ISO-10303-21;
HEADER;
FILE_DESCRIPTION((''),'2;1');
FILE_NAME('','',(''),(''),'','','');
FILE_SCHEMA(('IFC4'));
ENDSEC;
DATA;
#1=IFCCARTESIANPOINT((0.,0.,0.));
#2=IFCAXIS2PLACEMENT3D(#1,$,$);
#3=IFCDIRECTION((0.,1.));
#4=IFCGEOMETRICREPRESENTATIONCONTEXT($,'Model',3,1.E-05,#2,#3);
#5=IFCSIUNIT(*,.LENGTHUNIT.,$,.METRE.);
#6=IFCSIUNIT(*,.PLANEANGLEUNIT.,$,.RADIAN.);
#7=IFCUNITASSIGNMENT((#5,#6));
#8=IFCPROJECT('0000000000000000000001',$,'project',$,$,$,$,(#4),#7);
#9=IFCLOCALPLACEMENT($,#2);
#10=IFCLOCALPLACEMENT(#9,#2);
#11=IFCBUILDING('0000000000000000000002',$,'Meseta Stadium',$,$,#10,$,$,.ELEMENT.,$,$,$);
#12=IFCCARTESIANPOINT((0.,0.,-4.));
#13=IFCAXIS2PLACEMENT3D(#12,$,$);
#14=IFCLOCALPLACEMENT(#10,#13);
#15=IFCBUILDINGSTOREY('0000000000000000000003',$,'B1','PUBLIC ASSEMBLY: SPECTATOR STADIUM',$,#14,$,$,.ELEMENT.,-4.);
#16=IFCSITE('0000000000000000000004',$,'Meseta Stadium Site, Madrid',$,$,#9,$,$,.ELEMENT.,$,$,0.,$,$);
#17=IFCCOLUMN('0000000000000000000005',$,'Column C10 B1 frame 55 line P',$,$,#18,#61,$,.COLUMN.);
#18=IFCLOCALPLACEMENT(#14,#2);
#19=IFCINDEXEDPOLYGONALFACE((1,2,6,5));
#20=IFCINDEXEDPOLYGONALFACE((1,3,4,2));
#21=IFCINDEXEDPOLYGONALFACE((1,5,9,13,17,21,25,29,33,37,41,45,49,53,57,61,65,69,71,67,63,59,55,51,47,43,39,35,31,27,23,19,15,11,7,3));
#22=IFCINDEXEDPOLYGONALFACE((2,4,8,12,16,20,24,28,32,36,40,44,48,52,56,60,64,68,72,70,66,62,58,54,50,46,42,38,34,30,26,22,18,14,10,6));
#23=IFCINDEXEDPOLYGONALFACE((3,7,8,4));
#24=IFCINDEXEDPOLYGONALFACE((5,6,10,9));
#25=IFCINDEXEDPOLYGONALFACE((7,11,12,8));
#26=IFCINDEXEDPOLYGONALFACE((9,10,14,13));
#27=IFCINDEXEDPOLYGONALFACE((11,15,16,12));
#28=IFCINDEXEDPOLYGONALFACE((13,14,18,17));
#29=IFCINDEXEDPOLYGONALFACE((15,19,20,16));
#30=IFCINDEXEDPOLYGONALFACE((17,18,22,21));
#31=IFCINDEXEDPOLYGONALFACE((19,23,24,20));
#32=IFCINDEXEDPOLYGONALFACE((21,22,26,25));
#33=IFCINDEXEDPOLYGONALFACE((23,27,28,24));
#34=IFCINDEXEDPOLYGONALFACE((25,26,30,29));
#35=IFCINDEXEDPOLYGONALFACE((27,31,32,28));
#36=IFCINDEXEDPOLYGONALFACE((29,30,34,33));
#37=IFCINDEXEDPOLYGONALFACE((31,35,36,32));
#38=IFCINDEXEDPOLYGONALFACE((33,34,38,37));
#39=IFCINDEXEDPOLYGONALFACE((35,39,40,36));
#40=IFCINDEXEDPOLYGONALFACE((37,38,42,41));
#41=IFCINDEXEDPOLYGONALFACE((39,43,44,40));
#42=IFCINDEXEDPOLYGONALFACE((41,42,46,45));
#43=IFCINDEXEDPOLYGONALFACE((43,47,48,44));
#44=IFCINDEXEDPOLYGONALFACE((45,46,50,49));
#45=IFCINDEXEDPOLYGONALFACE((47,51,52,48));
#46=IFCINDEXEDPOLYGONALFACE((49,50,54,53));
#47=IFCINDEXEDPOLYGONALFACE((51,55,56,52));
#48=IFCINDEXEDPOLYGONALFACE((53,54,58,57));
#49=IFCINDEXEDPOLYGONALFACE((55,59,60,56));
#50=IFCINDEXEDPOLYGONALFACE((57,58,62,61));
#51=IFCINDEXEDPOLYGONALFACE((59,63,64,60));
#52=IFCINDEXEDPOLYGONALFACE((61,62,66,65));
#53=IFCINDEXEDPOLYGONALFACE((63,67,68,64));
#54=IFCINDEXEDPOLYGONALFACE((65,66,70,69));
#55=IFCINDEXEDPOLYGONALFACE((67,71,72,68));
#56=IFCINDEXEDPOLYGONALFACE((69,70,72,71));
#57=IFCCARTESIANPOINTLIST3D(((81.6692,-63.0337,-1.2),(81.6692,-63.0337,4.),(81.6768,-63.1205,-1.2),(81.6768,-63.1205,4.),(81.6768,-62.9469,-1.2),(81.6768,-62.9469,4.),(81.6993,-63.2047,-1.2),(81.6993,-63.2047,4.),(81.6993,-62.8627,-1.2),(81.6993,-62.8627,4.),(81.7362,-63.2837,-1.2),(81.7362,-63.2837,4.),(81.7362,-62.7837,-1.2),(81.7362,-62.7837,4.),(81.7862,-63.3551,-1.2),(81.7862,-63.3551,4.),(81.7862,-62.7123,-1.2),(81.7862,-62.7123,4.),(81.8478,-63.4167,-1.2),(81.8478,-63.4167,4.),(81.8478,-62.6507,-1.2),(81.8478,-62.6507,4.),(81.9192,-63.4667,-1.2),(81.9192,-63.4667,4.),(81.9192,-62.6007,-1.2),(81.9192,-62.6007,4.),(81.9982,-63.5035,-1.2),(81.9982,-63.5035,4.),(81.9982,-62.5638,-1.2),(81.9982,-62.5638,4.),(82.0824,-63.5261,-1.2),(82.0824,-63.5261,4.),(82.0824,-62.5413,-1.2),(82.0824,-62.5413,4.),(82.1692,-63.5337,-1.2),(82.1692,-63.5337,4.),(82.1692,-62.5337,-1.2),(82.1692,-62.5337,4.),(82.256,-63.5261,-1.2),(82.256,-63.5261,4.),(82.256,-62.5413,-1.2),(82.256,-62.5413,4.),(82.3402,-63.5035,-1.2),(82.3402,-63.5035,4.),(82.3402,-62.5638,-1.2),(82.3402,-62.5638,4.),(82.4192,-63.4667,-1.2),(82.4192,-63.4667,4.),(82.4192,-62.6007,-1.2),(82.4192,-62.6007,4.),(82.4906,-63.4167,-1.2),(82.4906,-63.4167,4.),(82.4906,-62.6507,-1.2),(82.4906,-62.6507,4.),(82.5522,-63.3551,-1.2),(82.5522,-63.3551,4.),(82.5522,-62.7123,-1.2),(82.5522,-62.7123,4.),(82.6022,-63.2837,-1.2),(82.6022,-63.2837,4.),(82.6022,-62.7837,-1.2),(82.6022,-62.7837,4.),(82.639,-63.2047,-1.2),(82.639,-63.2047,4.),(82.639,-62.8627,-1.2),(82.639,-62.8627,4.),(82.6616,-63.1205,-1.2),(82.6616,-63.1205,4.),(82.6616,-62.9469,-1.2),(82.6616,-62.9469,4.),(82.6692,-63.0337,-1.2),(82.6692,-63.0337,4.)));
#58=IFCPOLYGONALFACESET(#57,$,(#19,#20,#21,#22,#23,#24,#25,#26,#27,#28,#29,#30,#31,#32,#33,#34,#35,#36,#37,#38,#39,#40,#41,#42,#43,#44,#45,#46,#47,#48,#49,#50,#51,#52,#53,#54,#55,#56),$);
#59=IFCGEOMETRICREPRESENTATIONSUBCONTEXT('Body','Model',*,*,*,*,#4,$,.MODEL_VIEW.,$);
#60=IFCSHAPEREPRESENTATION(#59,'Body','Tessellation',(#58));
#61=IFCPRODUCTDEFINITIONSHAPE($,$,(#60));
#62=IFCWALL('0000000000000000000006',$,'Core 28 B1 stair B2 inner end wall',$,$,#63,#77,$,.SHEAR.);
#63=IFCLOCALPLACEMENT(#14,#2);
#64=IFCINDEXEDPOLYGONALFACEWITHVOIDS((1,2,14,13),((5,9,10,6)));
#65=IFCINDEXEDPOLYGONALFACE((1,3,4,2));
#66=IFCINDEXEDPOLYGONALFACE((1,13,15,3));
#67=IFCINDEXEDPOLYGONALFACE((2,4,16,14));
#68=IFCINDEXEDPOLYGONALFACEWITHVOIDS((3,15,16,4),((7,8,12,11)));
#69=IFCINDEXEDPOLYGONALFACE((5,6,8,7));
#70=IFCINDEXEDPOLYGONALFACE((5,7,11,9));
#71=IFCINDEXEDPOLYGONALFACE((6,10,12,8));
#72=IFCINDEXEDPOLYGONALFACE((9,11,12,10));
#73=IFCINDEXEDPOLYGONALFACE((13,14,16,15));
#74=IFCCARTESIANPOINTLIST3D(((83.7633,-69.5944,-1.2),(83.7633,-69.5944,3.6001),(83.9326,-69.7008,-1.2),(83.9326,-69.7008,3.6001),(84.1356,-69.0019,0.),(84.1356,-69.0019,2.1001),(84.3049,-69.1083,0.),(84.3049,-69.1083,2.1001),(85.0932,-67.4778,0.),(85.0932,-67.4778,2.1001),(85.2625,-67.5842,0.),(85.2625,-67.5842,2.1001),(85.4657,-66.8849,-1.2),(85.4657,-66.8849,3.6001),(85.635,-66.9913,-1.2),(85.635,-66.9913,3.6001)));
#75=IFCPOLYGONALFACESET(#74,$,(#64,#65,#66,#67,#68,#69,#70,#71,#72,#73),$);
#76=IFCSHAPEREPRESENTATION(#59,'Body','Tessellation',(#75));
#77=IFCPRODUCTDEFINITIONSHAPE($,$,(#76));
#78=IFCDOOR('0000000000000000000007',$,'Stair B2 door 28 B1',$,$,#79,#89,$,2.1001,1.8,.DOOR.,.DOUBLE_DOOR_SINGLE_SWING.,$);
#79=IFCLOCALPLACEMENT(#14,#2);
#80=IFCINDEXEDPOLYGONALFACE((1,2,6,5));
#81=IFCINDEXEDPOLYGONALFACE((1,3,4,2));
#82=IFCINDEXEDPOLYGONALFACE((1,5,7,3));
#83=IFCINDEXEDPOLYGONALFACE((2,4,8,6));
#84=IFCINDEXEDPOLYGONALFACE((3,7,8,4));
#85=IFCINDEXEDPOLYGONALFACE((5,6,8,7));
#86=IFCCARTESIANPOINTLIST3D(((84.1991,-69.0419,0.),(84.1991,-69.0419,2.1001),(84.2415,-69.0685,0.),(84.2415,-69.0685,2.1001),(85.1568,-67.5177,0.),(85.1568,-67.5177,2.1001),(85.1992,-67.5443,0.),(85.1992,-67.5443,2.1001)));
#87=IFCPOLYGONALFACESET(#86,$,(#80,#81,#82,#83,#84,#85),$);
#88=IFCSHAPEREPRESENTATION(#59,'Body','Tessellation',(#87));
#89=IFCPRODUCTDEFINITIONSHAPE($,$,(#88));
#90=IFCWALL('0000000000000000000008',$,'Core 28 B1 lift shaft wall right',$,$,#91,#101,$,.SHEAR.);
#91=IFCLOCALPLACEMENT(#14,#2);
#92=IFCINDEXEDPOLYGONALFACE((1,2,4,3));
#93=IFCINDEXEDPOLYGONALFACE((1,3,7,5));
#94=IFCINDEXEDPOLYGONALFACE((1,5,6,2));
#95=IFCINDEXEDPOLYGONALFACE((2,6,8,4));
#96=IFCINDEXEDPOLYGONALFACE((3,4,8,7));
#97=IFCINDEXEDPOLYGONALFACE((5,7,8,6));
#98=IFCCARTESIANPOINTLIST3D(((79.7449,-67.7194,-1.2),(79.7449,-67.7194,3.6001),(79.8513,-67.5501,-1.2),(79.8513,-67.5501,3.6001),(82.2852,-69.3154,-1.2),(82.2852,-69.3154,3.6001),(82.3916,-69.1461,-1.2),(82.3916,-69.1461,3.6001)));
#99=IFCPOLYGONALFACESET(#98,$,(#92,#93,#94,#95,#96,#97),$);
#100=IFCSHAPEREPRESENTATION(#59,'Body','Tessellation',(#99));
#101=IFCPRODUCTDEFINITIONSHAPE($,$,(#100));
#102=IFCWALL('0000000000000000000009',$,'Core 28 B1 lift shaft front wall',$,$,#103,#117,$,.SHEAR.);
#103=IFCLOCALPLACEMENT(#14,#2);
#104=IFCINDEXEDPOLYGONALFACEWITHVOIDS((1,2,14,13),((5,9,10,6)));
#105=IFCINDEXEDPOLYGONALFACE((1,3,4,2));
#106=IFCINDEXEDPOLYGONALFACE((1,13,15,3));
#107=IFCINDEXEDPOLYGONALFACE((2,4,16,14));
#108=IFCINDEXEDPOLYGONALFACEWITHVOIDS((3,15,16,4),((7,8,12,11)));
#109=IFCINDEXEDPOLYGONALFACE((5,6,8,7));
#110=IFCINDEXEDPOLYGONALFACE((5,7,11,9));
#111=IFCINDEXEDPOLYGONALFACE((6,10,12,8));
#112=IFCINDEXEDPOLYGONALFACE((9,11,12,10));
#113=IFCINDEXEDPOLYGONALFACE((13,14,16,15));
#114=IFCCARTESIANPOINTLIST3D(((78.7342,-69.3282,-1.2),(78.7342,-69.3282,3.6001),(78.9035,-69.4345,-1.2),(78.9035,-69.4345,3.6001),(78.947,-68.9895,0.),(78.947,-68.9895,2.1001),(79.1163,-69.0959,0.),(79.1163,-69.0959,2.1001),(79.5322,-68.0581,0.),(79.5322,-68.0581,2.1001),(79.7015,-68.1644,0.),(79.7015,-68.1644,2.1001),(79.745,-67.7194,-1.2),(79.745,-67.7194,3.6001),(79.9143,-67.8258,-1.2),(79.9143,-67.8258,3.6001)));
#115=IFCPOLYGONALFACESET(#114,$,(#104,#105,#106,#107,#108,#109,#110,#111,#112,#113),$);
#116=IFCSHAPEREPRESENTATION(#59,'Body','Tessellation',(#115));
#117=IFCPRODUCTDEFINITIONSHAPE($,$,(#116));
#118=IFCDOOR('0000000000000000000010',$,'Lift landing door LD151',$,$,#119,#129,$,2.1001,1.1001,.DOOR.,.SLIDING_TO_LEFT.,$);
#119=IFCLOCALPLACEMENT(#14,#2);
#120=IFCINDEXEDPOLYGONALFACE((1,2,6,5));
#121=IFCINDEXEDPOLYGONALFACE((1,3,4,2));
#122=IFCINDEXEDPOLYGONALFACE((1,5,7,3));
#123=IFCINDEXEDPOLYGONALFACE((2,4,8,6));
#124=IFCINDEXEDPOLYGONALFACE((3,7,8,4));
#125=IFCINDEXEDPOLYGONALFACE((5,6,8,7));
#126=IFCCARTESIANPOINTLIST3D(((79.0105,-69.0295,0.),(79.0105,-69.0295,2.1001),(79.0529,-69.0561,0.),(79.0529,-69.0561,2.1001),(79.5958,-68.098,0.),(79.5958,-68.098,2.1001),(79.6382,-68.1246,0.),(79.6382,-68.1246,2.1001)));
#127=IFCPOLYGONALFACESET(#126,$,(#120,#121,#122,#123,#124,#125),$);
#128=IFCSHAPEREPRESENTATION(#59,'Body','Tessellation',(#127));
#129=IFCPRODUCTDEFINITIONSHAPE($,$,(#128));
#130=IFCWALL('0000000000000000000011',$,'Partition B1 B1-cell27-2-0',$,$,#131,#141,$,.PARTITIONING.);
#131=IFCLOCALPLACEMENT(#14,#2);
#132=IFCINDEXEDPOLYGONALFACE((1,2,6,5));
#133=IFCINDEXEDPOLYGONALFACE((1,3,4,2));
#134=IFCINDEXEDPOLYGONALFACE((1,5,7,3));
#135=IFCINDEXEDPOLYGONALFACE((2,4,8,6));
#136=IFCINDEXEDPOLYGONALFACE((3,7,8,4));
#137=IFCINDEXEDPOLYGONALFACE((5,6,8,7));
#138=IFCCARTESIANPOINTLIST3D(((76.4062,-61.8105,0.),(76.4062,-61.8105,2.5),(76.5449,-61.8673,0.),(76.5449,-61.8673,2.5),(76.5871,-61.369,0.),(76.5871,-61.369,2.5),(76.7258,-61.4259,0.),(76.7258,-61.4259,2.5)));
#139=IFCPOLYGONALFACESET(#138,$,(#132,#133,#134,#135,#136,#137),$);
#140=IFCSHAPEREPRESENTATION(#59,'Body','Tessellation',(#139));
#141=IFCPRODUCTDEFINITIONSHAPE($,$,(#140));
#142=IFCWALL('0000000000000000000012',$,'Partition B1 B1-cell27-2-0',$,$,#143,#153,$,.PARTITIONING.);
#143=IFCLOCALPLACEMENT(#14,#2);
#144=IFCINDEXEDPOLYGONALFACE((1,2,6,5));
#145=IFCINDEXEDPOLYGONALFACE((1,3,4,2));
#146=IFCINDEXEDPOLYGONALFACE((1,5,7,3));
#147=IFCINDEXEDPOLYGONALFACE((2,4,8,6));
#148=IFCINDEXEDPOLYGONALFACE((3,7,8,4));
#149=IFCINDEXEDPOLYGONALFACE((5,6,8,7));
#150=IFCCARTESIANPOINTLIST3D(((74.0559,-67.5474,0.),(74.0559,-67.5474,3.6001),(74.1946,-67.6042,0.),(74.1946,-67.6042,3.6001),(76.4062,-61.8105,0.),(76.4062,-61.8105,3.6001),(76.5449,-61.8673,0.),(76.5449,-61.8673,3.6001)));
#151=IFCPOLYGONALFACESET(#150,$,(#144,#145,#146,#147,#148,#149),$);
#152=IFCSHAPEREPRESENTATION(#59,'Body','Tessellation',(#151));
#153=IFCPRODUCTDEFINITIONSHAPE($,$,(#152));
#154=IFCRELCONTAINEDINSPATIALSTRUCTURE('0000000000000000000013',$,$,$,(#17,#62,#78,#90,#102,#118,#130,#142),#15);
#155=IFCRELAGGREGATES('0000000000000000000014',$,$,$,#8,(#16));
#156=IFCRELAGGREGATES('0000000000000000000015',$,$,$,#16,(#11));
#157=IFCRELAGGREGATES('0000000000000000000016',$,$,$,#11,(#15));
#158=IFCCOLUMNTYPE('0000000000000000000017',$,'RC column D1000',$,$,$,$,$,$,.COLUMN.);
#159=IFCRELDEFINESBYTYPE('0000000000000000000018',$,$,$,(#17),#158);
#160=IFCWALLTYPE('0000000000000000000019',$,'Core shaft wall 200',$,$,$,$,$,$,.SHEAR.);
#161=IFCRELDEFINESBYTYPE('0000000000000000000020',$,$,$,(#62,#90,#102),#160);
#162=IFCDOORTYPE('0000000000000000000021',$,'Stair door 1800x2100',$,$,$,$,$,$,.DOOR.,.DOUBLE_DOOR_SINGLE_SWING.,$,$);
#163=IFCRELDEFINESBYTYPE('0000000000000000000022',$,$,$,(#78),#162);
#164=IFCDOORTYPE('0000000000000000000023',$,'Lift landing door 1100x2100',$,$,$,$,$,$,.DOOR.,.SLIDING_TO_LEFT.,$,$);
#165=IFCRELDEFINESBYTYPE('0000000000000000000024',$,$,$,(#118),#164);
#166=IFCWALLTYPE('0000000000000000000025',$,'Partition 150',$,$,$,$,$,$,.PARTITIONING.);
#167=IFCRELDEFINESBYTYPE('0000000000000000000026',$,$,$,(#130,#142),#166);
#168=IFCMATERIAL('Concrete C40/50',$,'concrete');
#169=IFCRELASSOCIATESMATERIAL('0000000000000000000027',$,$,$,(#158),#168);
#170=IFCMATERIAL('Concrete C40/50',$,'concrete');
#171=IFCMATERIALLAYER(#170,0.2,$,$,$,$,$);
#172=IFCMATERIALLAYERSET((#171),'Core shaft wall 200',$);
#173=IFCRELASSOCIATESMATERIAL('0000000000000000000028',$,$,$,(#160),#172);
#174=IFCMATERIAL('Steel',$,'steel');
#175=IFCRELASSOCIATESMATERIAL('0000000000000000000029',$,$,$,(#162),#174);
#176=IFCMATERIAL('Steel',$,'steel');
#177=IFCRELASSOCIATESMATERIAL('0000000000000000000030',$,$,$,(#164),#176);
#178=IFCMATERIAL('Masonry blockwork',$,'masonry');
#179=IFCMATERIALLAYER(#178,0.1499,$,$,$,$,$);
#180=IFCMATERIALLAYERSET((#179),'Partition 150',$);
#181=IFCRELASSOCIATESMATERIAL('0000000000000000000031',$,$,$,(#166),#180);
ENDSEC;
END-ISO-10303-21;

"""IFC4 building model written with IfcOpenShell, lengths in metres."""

from ifc_helpers import new_model, si_unit, direction, frame, frame_2d, origin, origin_2d, place, context, subcontext, project, spatial, rectangle, circle, extrude, material, layer, layer_set, material_profile, profile_set, type_object, element, fill, save


model = new_model("IFC4")

# Units and contexts
model_context = context("Model", 3, precision=1e-05, world=origin(), true_north=direction((0.0, 1.0)))
body_context = subcontext(model_context, "Body", "Model", "MODEL_VIEW")
ifc_project = project(units=[si_unit("LENGTHUNIT", "METRE"), si_unit("PLANEANGLEUNIT", "RADIAN")], contexts=[model_context])

# Site, building, storey
site_placement = place(None, origin())
site = spatial("IfcSite", under=ifc_project, at=site_placement, Name="Meseta Stadium Site, Madrid", CompositionType="ELEMENT", RefElevation=0.0)
building_placement = place(site_placement, origin())
building = spatial("IfcBuilding", under=site, at=building_placement, Name="Meseta Stadium", CompositionType="ELEMENT")
storey_placement = place(building_placement, frame((0.0, 0.0, -4.0)))
storey = spatial("IfcBuildingStorey", under=building, at=storey_placement, Name="B1", Description="PUBLIC ASSEMBLY: SPECTATOR STADIUM", CompositionType="ELEMENT", Elevation=-4.0)

# Column
ifc_material_1 = material(Name="Concrete C40/50", Category="concrete")
ifc_material_profile = material_profile(ifc_material_1, circle(Radius=0.5, at=origin_2d()), Name="RC D1000")
ifc_profile_set = profile_set([ifc_material_profile], Name="Concrete C40/50")
column_type = type_object("IfcColumnType", Name="RC column D1000", PredefinedType="COLUMN", material=ifc_profile_set)
column_placement = place(storey_placement, frame((82.1692, -63.0337, -1.2), z_axis=(0.0, 0.0, 1.0), x_axis=(1.0, 0.0, 0.0)))
element("IfcColumn", 1, at=column_placement, inside=storey, type_object=column_type, Name="Column C10 B1 frame 55 line P", PredefinedType="COLUMN", context=body_context, shape_type="SweptSolid", body=[
    extrude(circle(Radius=0.5, at=origin_2d()), origin(), (0.0, 0.0, 1.0), 5.2),
])

# Wall, opening, door
ifc_material_2 = material(Name="Concrete C40/50", Category="concrete")
ifc_layer_1 = layer(ifc_material_2, 0.2)
ifc_layer_set_1 = layer_set([ifc_layer_1], Name="Core shaft wall 200")
wall_type_1 = type_object("IfcWallType", Name="Core shaft wall 200", PredefinedType="SHEAR", material=ifc_layer_set_1)
wall_1_placement = place(storey_placement, frame((83.8479, -69.6477, -1.2), z_axis=(0.0, 0.0, 1.0), x_axis=(0.532014, 0.846736, 0.0)))
wall_1 = element("IfcWall", 2, at=wall_1_placement, inside=storey, type_object=wall_type_1, Name="Core 28 B1 stair B2 inner end wall", PredefinedType="SHEAR", context=body_context, shape_type="SweptSolid", body=[
    extrude(rectangle(XDim=3.2, YDim=0.2, at=frame_2d((1.6001, 0.0))), origin(), (0.0, 0.0, 1.0), 4.8),
])
opening_1_placement = place(wall_1_placement, frame((0.7, 0.0, 1.2)))
opening_1 = element("IfcOpeningElement", 3, at=opening_1_placement, cuts=wall_1, PredefinedType="OPENING", context=body_context, shape_type="SweptSolid", body=[
    extrude(rectangle(XDim=1.8, YDim=2.1001, at=frame_2d((0.8999, 1.05))), frame((0.0, 0.1099, 0.0), z_axis=(0.0, -1.0, 0.0), x_axis=(1.0, 0.0, 0.0)), (0.0, 0.0, 1.0), 0.22),
])
ifc_material_3 = material(Name="Steel", Category="steel")
door_type_1 = type_object("IfcDoorType", Name="Stair door 1800x2100", OperationType="DOUBLE_DOOR_SINGLE_SWING", PredefinedType="DOOR", material=ifc_material_3)
door_1_placement = place(opening_1_placement, origin())
door_1 = element("IfcDoor", 4, at=door_1_placement, inside=storey, type_object=door_type_1, Name="Stair B2 door 28 B1", OperationType="DOUBLE_DOOR_SINGLE_SWING", OverallHeight=2.1001, OverallWidth=1.8, PredefinedType="DOOR", context=body_context, shape_type="SweptSolid", body=[
    extrude(rectangle(XDim=1.8, YDim=2.1001, at=frame_2d((0.8999, 1.05))), frame((0.0, 0.0249, 0.0), z_axis=(0.0, -1.0, 0.0), x_axis=(1.0, 0.0, 0.0)), (0.0, 0.0, 1.0), 0.05),
])
fill(opening_1, door_1)

# Wall
wall_2_placement = place(storey_placement, frame((82.3384, -69.2307, -1.2), z_axis=(0.0, 0.0, 1.0), x_axis=(-0.846757, 0.53198, 0.0)))
element("IfcWall", 5, at=wall_2_placement, inside=storey, type_object=wall_type_1, Name="Core 28 B1 lift shaft wall right", PredefinedType="SHEAR", context=body_context, shape_type="SweptSolid", body=[
    extrude(rectangle(XDim=3.0, YDim=0.2, at=frame_2d((1.5, 0.0))), origin(), (0.0, 0.0, 1.0), 4.8),
])

# Wall, opening, door
wall_3_placement = place(storey_placement, frame((78.8188, -69.3813, -1.2), z_axis=(0.0, 0.0, 1.0), x_axis=(0.532019, 0.846732, 0.0)))
wall_3 = element("IfcWall", 6, at=wall_3_placement, inside=storey, type_object=wall_type_1, Name="Core 28 B1 lift shaft front wall", PredefinedType="SHEAR", context=body_context, shape_type="SweptSolid", body=[
    extrude(rectangle(XDim=1.8999, YDim=0.2, at=frame_2d((0.95, 0.0))), origin(), (0.0, 0.0, 1.0), 4.8),
])
opening_2_placement = place(wall_3_placement, frame((0.3999, 0.0, 1.2)))
opening_2 = element("IfcOpeningElement", 7, at=opening_2_placement, cuts=wall_3, PredefinedType="OPENING", context=body_context, shape_type="SweptSolid", body=[
    extrude(rectangle(XDim=1.1001, YDim=2.1001, at=frame_2d((0.55, 1.05))), frame((0.0, 0.1099, 0.0), z_axis=(0.0, -1.0, 0.0), x_axis=(1.0, 0.0, 0.0)), (0.0, 0.0, 1.0), 0.22),
])
ifc_material_4 = material(Name="Steel", Category="steel")
door_type_2 = type_object("IfcDoorType", Name="Lift landing door 1100x2100", OperationType="SLIDING_TO_LEFT", PredefinedType="DOOR", material=ifc_material_4)
door_2_placement = place(opening_2_placement, origin())
door_2 = element("IfcDoor", 8, at=door_2_placement, inside=storey, type_object=door_type_2, Name="Lift landing door LD151", OperationType="SLIDING_TO_LEFT", OverallHeight=2.1001, OverallWidth=1.1001, PredefinedType="DOOR", context=body_context, shape_type="SweptSolid", body=[
    extrude(rectangle(XDim=1.1001, YDim=2.1001, at=frame_2d((0.55, 1.05))), frame((0.0, 0.0249, 0.0), z_axis=(0.0, -1.0, 0.0), x_axis=(1.0, 0.0, 0.0)), (0.0, 0.0, 1.0), 0.05),
])
fill(opening_2, door_2)

# Walls
ifc_material_5 = material(Name="Masonry blockwork", Category="masonry")
ifc_layer_2 = layer(ifc_material_5, 0.1499)
ifc_layer_set_2 = layer_set([ifc_layer_2], Name="Partition 150")
wall_type_2 = type_object("IfcWallType", Name="Partition 150", PredefinedType="PARTITIONING", material=ifc_layer_set_2)
wall_4_placement = place(storey_placement, frame((76.6565, -61.3975, 0.0), z_axis=(0.0, 0.0, 1.0), x_axis=(-0.379231, -0.925302, 0.0)))
element("IfcWall", 9, at=wall_4_placement, inside=storey, type_object=wall_type_2, Name="Partition B1 B1-cell27-2-0", PredefinedType="PARTITIONING", context=body_context, shape_type="SweptSolid", body=[
    extrude(rectangle(XDim=0.4771, YDim=0.1499, at=frame_2d((0.2385, 0.0))), origin(), (0.0, 0.0, 1.0), 2.5),
])
wall_5_placement = place(storey_placement, frame((76.4756, -61.8389, 0.0), z_axis=(0.0, 0.0, 1.0), x_axis=(-0.379111, -0.925351, 0.0)))
element("IfcWall", 10, at=wall_5_placement, inside=storey, type_object=wall_type_2, Name="Partition B1 B1-cell27-2-0", PredefinedType="PARTITIONING", context=body_context, shape_type="SweptSolid", body=[
    extrude(rectangle(XDim=6.1997, YDim=0.1499, at=frame_2d((3.0999, 0.0))), origin(), (0.0, 0.0, 1.0), 3.6001),
])

save(model, "model.ifc")
